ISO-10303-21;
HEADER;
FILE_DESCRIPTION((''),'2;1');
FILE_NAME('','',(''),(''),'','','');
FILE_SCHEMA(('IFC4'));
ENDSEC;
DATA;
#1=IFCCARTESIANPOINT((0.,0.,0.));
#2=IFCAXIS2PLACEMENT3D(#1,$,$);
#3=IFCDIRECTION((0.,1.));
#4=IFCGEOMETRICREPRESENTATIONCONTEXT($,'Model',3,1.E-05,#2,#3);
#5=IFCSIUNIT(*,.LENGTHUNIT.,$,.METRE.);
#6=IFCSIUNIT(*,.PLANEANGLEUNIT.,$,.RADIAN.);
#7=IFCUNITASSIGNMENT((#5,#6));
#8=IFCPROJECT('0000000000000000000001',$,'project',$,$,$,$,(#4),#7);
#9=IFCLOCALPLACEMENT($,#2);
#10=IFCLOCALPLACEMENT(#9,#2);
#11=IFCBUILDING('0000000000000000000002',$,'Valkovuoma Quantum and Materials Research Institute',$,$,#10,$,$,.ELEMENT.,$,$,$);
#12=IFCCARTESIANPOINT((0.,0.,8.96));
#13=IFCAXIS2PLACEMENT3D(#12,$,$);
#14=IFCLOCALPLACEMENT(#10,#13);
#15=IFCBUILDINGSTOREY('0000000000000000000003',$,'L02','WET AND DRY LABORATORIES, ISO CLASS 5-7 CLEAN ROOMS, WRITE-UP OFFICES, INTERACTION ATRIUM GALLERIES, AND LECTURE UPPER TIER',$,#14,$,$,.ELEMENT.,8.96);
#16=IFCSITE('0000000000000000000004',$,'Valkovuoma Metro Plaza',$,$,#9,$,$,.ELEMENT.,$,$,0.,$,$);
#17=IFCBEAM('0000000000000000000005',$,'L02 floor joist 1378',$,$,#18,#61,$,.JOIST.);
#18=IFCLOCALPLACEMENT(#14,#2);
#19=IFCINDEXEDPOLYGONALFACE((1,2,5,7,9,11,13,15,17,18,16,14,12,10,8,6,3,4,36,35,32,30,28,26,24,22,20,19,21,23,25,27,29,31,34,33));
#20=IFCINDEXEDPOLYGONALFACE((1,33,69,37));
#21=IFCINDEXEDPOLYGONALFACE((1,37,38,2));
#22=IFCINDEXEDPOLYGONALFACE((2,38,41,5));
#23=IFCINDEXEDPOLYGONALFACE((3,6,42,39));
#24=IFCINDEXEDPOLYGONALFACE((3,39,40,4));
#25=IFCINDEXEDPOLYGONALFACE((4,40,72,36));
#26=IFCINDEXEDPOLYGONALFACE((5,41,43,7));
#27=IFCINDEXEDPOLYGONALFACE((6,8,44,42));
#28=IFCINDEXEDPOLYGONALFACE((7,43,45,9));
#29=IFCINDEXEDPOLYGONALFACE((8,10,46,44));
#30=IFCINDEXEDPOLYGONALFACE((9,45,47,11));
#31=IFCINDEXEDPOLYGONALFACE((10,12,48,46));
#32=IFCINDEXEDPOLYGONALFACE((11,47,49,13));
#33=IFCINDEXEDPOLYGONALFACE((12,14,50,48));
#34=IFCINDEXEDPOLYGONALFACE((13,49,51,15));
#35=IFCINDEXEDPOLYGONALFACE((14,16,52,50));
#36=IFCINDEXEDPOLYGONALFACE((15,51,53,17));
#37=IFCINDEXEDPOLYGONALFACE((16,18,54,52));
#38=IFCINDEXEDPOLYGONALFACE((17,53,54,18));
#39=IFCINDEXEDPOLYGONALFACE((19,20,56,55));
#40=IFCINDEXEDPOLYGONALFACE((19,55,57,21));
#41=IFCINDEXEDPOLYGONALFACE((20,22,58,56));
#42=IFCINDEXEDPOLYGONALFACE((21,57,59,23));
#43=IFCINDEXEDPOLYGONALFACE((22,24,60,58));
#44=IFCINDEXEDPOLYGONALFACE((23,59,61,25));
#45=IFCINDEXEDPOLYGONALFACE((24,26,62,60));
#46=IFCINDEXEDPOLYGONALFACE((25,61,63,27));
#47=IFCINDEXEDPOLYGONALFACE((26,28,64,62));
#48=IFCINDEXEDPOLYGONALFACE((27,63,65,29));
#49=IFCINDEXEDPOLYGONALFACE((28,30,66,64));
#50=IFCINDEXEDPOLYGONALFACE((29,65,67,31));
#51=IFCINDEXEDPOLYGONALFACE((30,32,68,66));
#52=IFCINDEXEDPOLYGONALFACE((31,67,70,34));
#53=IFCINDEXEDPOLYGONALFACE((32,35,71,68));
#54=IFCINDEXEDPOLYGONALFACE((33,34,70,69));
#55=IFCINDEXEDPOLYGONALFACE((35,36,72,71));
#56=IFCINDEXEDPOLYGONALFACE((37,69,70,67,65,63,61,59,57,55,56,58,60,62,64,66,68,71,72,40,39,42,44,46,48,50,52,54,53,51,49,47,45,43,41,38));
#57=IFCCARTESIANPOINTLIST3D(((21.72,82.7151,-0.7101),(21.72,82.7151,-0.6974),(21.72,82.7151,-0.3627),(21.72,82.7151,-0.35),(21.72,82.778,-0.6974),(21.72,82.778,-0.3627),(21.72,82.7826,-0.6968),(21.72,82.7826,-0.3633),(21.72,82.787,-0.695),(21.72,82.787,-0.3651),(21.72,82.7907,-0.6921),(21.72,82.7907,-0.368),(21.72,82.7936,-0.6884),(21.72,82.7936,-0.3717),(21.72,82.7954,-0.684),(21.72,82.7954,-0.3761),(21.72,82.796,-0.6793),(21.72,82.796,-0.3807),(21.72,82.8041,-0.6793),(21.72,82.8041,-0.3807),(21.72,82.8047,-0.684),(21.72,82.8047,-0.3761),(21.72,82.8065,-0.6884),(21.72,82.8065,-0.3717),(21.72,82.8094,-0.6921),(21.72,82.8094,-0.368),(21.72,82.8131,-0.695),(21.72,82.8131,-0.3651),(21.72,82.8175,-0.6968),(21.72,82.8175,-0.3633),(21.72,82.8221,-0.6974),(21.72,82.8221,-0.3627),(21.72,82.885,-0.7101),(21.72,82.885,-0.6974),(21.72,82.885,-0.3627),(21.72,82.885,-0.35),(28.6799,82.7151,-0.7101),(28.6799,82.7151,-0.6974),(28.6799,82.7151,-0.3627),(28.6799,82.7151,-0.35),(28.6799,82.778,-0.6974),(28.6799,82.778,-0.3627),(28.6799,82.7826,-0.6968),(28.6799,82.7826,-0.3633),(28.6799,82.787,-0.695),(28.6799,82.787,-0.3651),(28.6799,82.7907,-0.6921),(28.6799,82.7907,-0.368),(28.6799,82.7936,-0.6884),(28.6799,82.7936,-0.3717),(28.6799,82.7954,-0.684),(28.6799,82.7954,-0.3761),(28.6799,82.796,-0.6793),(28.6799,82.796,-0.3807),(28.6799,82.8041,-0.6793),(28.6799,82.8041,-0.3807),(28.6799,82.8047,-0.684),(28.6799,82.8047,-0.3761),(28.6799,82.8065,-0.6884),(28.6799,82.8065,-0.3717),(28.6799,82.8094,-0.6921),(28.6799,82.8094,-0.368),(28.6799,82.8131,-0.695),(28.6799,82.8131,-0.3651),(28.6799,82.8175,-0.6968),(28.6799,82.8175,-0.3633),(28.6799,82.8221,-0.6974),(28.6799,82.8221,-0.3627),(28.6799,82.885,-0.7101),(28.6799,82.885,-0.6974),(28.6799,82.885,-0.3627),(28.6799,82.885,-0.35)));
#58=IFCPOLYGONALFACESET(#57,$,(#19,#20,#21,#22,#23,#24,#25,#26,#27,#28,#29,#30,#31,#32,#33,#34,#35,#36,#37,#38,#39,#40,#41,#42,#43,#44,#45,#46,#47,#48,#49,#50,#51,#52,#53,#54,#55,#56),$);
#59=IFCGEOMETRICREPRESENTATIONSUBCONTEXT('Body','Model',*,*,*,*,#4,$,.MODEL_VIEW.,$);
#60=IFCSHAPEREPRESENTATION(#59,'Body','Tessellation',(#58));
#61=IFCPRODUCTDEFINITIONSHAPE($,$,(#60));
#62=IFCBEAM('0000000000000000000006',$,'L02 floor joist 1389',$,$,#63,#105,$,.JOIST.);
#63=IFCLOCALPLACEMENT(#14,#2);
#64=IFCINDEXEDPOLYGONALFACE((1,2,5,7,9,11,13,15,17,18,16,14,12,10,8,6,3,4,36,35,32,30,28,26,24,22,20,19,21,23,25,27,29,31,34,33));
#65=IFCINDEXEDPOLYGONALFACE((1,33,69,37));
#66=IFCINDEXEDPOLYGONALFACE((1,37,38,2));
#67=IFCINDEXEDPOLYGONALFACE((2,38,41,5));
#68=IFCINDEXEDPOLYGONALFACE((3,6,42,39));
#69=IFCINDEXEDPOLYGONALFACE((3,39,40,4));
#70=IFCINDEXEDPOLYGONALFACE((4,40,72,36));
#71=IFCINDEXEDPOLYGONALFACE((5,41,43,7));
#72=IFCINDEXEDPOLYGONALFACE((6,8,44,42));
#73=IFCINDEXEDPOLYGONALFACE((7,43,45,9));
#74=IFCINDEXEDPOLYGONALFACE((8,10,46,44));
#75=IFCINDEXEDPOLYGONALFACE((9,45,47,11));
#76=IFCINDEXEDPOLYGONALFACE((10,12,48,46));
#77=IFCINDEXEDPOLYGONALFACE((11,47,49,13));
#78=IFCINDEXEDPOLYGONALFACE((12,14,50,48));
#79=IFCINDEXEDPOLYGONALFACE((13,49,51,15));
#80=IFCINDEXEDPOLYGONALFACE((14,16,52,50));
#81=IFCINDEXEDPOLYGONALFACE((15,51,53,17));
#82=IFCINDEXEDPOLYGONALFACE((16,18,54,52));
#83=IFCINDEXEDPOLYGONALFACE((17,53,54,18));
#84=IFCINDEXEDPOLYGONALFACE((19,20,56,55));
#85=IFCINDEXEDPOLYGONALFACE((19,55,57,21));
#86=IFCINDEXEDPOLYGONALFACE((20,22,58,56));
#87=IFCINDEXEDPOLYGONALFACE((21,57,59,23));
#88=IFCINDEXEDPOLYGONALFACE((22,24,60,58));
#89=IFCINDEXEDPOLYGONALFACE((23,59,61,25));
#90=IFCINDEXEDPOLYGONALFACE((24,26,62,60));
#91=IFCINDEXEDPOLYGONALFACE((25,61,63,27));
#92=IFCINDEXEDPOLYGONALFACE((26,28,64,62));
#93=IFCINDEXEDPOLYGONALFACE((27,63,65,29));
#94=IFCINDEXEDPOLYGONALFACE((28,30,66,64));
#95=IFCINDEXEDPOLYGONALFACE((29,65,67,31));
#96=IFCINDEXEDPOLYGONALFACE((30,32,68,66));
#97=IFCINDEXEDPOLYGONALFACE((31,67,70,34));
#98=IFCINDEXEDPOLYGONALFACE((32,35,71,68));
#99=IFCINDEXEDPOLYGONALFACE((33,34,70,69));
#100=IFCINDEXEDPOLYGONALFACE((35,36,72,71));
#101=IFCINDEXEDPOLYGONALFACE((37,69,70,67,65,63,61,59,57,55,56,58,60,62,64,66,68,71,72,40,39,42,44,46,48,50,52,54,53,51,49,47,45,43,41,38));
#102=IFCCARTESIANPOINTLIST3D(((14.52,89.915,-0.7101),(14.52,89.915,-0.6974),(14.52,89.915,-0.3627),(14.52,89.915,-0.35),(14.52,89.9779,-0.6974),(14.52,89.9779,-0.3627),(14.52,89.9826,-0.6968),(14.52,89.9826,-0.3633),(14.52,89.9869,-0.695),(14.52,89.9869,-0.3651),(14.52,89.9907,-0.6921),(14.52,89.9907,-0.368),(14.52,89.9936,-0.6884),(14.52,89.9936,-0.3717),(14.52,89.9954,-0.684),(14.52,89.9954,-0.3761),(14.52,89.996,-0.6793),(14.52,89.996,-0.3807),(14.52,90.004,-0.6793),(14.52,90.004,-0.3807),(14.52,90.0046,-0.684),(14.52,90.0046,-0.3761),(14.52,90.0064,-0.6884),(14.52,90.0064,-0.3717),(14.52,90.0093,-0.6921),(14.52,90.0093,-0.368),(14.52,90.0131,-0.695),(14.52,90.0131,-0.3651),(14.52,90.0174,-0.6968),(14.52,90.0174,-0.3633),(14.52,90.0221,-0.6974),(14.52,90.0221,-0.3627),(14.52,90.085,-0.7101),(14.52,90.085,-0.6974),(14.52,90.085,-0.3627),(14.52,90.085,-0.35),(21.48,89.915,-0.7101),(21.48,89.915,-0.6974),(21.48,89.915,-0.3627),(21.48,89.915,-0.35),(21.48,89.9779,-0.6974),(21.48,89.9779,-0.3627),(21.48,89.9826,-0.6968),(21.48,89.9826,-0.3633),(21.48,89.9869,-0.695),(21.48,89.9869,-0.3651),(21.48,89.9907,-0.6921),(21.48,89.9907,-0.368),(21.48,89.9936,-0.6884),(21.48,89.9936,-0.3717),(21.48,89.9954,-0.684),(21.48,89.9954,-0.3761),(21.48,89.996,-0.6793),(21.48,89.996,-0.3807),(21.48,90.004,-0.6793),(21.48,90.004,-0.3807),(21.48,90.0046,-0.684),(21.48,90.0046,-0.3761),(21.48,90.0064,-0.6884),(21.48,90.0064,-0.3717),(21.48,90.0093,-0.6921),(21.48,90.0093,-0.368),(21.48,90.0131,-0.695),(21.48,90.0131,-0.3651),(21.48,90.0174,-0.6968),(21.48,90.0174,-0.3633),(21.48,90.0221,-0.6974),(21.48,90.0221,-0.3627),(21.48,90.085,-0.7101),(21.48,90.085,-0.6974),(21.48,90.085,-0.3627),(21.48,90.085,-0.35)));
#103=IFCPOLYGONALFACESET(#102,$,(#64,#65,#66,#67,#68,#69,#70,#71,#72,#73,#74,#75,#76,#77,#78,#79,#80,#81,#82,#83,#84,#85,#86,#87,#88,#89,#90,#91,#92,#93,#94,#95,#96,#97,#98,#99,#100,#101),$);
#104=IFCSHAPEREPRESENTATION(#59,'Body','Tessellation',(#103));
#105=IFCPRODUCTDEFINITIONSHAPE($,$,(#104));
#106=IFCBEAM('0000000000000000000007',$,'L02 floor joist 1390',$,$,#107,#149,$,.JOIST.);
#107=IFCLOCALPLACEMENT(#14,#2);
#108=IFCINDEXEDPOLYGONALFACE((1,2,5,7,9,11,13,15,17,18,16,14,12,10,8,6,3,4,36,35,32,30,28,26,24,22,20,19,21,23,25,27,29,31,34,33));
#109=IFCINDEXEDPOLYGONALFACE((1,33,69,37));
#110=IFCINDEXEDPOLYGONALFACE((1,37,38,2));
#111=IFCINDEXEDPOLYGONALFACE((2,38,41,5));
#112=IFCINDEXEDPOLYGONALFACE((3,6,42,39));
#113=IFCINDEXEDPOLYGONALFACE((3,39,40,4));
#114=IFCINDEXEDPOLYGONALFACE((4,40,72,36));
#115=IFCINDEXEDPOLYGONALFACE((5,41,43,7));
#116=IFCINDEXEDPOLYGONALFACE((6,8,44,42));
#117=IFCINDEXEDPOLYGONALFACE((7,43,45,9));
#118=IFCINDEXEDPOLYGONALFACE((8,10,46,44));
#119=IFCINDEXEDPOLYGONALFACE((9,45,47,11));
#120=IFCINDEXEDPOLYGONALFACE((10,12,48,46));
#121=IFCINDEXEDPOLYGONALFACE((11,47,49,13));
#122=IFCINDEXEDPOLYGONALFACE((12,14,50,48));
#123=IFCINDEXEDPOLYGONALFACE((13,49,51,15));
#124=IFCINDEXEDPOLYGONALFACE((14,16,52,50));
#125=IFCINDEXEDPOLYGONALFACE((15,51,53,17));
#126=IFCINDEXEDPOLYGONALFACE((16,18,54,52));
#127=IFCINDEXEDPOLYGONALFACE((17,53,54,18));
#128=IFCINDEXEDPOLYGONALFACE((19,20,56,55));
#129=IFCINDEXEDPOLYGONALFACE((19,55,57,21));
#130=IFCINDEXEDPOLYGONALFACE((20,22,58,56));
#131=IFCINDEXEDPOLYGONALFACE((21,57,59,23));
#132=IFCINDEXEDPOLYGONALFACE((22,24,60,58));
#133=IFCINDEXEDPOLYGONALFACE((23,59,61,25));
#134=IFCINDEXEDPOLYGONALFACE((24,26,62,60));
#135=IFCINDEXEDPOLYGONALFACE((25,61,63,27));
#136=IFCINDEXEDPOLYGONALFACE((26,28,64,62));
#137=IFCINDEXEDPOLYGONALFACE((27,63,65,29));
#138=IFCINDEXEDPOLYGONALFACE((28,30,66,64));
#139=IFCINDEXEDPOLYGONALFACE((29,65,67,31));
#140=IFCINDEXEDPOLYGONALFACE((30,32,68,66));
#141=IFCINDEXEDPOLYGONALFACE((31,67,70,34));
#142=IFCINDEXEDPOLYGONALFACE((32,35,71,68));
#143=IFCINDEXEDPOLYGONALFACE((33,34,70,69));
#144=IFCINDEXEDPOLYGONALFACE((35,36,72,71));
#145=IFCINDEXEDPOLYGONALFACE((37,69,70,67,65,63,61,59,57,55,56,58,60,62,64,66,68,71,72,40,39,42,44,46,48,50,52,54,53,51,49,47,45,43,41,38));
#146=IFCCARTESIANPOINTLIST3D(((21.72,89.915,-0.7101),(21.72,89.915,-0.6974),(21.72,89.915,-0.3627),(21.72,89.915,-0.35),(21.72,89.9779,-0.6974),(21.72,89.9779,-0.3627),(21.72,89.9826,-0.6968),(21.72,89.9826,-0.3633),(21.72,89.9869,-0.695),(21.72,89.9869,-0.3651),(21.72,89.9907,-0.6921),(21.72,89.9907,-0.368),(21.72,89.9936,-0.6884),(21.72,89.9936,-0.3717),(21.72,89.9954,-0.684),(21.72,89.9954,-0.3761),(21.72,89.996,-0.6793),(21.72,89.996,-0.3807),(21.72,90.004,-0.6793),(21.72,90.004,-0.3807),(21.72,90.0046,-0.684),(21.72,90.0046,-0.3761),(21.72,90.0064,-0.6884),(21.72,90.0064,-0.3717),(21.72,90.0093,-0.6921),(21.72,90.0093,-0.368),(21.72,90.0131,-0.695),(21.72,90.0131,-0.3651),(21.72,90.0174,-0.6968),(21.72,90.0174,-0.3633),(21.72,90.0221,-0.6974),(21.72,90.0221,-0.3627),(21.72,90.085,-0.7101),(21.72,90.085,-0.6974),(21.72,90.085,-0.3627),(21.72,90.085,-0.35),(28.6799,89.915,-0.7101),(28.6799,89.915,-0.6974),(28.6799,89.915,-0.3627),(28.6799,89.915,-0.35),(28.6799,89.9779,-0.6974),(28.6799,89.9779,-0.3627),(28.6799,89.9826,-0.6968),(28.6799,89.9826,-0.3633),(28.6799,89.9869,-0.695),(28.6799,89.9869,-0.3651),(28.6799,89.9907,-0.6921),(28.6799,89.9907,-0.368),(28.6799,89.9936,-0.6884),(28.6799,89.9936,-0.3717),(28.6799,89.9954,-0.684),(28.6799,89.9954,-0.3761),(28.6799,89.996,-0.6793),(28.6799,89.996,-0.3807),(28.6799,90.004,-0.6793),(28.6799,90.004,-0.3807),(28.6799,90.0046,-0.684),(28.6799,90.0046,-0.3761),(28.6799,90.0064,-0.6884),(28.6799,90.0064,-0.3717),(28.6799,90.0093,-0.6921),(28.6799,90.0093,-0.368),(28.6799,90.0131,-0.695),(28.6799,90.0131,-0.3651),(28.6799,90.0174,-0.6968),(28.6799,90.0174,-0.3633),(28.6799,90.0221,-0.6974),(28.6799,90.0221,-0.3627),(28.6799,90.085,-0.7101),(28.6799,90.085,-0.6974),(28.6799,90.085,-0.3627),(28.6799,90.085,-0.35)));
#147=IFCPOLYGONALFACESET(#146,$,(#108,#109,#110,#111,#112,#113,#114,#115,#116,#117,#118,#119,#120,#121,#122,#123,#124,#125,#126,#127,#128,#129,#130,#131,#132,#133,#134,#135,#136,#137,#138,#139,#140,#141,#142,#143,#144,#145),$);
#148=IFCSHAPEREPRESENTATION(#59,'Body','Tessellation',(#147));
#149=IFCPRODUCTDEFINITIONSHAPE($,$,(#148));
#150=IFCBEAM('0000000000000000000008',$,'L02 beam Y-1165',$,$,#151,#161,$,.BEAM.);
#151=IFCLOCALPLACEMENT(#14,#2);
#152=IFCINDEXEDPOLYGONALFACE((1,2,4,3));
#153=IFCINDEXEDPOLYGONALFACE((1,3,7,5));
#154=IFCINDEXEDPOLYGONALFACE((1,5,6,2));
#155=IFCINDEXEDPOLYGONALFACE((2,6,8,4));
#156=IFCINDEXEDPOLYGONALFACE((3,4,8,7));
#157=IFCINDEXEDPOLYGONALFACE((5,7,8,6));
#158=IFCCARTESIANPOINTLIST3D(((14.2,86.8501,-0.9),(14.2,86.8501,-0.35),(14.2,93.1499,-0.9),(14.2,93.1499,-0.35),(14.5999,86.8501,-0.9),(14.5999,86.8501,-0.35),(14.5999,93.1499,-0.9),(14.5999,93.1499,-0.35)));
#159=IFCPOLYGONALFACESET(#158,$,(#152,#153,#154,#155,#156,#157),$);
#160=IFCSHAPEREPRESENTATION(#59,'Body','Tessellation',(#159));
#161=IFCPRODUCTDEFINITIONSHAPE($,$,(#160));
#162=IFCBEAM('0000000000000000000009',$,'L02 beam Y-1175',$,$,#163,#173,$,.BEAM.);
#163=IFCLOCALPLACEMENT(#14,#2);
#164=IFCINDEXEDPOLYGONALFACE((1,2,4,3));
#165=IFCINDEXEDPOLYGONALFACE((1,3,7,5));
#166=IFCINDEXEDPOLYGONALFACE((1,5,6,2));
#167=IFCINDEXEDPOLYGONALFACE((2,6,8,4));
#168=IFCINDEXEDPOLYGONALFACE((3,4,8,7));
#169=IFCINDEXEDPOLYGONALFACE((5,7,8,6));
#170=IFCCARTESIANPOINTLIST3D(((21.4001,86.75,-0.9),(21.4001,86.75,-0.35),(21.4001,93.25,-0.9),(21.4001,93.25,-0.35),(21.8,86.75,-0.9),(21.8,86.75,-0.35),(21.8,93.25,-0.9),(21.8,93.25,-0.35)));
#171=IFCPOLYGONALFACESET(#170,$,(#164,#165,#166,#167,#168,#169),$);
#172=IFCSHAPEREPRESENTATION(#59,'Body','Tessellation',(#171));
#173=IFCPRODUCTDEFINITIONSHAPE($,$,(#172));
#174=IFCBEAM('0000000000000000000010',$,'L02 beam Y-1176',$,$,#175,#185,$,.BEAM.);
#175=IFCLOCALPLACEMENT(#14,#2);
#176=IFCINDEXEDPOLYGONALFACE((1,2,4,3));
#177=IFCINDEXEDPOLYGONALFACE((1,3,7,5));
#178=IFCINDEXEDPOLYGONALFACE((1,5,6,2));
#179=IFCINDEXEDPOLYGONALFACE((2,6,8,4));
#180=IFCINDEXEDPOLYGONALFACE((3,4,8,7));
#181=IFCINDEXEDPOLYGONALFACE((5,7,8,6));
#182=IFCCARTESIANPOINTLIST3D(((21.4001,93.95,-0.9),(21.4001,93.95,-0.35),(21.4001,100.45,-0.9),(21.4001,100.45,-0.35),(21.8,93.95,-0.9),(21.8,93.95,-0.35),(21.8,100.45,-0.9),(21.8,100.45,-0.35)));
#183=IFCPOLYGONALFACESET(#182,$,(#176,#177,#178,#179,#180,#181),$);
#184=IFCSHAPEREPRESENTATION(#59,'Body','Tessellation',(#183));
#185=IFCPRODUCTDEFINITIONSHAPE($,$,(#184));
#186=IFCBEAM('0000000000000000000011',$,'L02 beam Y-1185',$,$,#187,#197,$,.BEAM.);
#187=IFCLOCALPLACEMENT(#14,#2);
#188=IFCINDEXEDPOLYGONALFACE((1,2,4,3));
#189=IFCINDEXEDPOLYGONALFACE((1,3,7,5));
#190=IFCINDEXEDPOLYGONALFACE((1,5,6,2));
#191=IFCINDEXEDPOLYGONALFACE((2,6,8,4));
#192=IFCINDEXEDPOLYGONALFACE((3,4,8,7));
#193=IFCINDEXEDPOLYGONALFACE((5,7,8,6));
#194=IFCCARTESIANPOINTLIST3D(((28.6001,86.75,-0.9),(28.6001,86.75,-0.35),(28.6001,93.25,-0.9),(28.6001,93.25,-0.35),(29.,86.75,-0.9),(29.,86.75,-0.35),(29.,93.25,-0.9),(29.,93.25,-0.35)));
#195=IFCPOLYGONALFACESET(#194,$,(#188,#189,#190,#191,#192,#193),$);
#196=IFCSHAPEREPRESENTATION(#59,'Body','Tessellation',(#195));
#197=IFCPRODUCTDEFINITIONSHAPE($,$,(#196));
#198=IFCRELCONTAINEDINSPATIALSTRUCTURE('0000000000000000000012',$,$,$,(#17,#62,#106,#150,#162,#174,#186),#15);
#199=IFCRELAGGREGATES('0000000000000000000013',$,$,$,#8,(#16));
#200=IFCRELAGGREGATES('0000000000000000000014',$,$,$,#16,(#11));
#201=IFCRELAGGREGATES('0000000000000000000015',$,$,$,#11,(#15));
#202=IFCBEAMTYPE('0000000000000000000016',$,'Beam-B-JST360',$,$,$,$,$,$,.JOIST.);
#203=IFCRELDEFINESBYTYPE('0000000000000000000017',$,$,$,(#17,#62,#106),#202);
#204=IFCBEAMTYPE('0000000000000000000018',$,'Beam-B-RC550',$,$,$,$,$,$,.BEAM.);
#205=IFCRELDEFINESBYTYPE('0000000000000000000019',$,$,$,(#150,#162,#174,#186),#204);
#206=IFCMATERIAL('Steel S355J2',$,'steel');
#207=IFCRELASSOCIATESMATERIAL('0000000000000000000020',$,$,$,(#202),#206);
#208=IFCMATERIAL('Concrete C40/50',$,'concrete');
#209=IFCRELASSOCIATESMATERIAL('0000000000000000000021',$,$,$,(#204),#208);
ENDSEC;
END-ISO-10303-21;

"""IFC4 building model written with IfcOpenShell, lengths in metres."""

from ifc_helpers import new_model, si_unit, direction, frame, origin, origin_2d, place, context, subcontext, project, spatial, rectangle, i_section, extrude, material, material_profile, profile_set, type_object, element, save


model = new_model("IFC4")

# Units and contexts
model_context = context("Model", 3, precision=1e-05, world=origin(), true_north=direction((0.0, 1.0)))
body_context = subcontext(model_context, "Body", "Model", "MODEL_VIEW")
ifc_project = project(units=[si_unit("LENGTHUNIT", "METRE"), si_unit("PLANEANGLEUNIT", "RADIAN")], contexts=[model_context])

# Site, building, storey
site_placement = place(None, origin())
site = spatial("IfcSite", under=ifc_project, at=site_placement, Name="Valkovuoma Metro Plaza", CompositionType="ELEMENT", RefElevation=0.0)
building_placement = place(site_placement, origin())
building = spatial("IfcBuilding", under=site, at=building_placement, Name="Valkovuoma Quantum and Materials Research Institute", CompositionType="ELEMENT")
storey_placement = place(building_placement, frame((0.0, 0.0, 8.96)))
storey = spatial("IfcBuildingStorey", under=building, at=storey_placement, Name="L02", Description="WET AND DRY LABORATORIES, ISO CLASS 5-7 CLEAN ROOMS, WRITE-UP OFFICES, INTERACTION ATRIUM GALLERIES, AND LECTURE UPPER TIER", CompositionType="ELEMENT", Elevation=8.96)

# Beams
ifc_material_1 = material(Name="Steel S355J2", Category="steel")
ifc_material_profile_1 = material_profile(ifc_material_1, i_section(OverallWidth=0.1699, OverallDepth=0.3601, WebThickness=0.0081, FlangeThickness=0.0127, FilletRadius=0.0181, at=origin_2d()), Name="Steel S355J2")
ifc_profile_set_1 = profile_set([ifc_material_profile_1], Name="Steel S355J2")
beam_type_1 = type_object("IfcBeamType", Name="Beam-B-JST360", PredefinedType="JOIST", material=ifc_profile_set_1)
for number, where, z_axis, x_axis, name in (
    (1, (21.72, 82.8, -0.53), (1.0, 0.0, 0.0), (0.0, 1.0, 0.0), "L02 floor joist 1378"),
    (2, (14.52, 90.0, -0.53), (1.0, 0.0, 0.0), (0.0, 1.0, 0.0), "L02 floor joist 1389"),
    (3, (21.72, 90.0, -0.53), (1.0, 0.0, 0.0), (0.0, 1.0, 0.0), "L02 floor joist 1390"),
):
    element("IfcBeam", number, at=place(storey_placement, frame(where, z_axis=z_axis, x_axis=x_axis)), inside=storey, type_object=beam_type_1, Name=name, PredefinedType="JOIST", context=body_context, shape_type="SweptSolid", body=[
        extrude(i_section(OverallWidth=0.1699, OverallDepth=0.3601, WebThickness=0.0081, FlangeThickness=0.0127, FilletRadius=0.0181, at=origin_2d()), origin(), (0.0, 0.0, 1.0), 6.96),
    ])
ifc_material_2 = material(Name="Concrete C40/50", Category="concrete")
ifc_material_profile_2 = material_profile(ifc_material_2, rectangle(XDim=0.3999, YDim=0.55, at=origin_2d()), Name="Concrete C40/50")
ifc_profile_set_2 = profile_set([ifc_material_profile_2], Name="Concrete C40/50")
beam_type_2 = type_object("IfcBeamType", Name="Beam-B-RC550", PredefinedType="BEAM", material=ifc_profile_set_2)
beam_placement = place(storey_placement, frame((14.3999, 86.8501, -0.625), z_axis=(0.0, 1.0, 0.0), x_axis=(-1.0, 0.0, 0.0)))
element("IfcBeam", 4, at=beam_placement, inside=storey, type_object=beam_type_2, Name="L02 beam Y-1165", PredefinedType="BEAM", context=body_context, shape_type="SweptSolid", body=[
    extrude(rectangle(XDim=0.3999, YDim=0.55, at=origin_2d()), origin(), (0.0, 0.0, 1.0), 6.2998),
])
for number, where, z_axis, x_axis, name in (
    (5, (21.6001, 86.75, -0.625), (0.0, 1.0, 0.0), (-1.0, 0.0, 0.0), "L02 beam Y-1175"),
    (6, (21.6001, 93.95, -0.625), (0.0, 1.0, 0.0), (-1.0, 0.0, 0.0), "L02 beam Y-1176"),
    (7, (28.8, 86.75, -0.625), (0.0, 1.0, 0.0), (-1.0, 0.0, 0.0), "L02 beam Y-1185"),
):
    element("IfcBeam", number, at=place(storey_placement, frame(where, z_axis=z_axis, x_axis=x_axis)), inside=storey, type_object=beam_type_2, Name=name, PredefinedType="BEAM", context=body_context, shape_type="SweptSolid", body=[
        extrude(rectangle(XDim=0.3999, YDim=0.55, at=origin_2d()), origin(), (0.0, 0.0, 1.0), 6.5),
    ])

save(model, "model.ifc")
